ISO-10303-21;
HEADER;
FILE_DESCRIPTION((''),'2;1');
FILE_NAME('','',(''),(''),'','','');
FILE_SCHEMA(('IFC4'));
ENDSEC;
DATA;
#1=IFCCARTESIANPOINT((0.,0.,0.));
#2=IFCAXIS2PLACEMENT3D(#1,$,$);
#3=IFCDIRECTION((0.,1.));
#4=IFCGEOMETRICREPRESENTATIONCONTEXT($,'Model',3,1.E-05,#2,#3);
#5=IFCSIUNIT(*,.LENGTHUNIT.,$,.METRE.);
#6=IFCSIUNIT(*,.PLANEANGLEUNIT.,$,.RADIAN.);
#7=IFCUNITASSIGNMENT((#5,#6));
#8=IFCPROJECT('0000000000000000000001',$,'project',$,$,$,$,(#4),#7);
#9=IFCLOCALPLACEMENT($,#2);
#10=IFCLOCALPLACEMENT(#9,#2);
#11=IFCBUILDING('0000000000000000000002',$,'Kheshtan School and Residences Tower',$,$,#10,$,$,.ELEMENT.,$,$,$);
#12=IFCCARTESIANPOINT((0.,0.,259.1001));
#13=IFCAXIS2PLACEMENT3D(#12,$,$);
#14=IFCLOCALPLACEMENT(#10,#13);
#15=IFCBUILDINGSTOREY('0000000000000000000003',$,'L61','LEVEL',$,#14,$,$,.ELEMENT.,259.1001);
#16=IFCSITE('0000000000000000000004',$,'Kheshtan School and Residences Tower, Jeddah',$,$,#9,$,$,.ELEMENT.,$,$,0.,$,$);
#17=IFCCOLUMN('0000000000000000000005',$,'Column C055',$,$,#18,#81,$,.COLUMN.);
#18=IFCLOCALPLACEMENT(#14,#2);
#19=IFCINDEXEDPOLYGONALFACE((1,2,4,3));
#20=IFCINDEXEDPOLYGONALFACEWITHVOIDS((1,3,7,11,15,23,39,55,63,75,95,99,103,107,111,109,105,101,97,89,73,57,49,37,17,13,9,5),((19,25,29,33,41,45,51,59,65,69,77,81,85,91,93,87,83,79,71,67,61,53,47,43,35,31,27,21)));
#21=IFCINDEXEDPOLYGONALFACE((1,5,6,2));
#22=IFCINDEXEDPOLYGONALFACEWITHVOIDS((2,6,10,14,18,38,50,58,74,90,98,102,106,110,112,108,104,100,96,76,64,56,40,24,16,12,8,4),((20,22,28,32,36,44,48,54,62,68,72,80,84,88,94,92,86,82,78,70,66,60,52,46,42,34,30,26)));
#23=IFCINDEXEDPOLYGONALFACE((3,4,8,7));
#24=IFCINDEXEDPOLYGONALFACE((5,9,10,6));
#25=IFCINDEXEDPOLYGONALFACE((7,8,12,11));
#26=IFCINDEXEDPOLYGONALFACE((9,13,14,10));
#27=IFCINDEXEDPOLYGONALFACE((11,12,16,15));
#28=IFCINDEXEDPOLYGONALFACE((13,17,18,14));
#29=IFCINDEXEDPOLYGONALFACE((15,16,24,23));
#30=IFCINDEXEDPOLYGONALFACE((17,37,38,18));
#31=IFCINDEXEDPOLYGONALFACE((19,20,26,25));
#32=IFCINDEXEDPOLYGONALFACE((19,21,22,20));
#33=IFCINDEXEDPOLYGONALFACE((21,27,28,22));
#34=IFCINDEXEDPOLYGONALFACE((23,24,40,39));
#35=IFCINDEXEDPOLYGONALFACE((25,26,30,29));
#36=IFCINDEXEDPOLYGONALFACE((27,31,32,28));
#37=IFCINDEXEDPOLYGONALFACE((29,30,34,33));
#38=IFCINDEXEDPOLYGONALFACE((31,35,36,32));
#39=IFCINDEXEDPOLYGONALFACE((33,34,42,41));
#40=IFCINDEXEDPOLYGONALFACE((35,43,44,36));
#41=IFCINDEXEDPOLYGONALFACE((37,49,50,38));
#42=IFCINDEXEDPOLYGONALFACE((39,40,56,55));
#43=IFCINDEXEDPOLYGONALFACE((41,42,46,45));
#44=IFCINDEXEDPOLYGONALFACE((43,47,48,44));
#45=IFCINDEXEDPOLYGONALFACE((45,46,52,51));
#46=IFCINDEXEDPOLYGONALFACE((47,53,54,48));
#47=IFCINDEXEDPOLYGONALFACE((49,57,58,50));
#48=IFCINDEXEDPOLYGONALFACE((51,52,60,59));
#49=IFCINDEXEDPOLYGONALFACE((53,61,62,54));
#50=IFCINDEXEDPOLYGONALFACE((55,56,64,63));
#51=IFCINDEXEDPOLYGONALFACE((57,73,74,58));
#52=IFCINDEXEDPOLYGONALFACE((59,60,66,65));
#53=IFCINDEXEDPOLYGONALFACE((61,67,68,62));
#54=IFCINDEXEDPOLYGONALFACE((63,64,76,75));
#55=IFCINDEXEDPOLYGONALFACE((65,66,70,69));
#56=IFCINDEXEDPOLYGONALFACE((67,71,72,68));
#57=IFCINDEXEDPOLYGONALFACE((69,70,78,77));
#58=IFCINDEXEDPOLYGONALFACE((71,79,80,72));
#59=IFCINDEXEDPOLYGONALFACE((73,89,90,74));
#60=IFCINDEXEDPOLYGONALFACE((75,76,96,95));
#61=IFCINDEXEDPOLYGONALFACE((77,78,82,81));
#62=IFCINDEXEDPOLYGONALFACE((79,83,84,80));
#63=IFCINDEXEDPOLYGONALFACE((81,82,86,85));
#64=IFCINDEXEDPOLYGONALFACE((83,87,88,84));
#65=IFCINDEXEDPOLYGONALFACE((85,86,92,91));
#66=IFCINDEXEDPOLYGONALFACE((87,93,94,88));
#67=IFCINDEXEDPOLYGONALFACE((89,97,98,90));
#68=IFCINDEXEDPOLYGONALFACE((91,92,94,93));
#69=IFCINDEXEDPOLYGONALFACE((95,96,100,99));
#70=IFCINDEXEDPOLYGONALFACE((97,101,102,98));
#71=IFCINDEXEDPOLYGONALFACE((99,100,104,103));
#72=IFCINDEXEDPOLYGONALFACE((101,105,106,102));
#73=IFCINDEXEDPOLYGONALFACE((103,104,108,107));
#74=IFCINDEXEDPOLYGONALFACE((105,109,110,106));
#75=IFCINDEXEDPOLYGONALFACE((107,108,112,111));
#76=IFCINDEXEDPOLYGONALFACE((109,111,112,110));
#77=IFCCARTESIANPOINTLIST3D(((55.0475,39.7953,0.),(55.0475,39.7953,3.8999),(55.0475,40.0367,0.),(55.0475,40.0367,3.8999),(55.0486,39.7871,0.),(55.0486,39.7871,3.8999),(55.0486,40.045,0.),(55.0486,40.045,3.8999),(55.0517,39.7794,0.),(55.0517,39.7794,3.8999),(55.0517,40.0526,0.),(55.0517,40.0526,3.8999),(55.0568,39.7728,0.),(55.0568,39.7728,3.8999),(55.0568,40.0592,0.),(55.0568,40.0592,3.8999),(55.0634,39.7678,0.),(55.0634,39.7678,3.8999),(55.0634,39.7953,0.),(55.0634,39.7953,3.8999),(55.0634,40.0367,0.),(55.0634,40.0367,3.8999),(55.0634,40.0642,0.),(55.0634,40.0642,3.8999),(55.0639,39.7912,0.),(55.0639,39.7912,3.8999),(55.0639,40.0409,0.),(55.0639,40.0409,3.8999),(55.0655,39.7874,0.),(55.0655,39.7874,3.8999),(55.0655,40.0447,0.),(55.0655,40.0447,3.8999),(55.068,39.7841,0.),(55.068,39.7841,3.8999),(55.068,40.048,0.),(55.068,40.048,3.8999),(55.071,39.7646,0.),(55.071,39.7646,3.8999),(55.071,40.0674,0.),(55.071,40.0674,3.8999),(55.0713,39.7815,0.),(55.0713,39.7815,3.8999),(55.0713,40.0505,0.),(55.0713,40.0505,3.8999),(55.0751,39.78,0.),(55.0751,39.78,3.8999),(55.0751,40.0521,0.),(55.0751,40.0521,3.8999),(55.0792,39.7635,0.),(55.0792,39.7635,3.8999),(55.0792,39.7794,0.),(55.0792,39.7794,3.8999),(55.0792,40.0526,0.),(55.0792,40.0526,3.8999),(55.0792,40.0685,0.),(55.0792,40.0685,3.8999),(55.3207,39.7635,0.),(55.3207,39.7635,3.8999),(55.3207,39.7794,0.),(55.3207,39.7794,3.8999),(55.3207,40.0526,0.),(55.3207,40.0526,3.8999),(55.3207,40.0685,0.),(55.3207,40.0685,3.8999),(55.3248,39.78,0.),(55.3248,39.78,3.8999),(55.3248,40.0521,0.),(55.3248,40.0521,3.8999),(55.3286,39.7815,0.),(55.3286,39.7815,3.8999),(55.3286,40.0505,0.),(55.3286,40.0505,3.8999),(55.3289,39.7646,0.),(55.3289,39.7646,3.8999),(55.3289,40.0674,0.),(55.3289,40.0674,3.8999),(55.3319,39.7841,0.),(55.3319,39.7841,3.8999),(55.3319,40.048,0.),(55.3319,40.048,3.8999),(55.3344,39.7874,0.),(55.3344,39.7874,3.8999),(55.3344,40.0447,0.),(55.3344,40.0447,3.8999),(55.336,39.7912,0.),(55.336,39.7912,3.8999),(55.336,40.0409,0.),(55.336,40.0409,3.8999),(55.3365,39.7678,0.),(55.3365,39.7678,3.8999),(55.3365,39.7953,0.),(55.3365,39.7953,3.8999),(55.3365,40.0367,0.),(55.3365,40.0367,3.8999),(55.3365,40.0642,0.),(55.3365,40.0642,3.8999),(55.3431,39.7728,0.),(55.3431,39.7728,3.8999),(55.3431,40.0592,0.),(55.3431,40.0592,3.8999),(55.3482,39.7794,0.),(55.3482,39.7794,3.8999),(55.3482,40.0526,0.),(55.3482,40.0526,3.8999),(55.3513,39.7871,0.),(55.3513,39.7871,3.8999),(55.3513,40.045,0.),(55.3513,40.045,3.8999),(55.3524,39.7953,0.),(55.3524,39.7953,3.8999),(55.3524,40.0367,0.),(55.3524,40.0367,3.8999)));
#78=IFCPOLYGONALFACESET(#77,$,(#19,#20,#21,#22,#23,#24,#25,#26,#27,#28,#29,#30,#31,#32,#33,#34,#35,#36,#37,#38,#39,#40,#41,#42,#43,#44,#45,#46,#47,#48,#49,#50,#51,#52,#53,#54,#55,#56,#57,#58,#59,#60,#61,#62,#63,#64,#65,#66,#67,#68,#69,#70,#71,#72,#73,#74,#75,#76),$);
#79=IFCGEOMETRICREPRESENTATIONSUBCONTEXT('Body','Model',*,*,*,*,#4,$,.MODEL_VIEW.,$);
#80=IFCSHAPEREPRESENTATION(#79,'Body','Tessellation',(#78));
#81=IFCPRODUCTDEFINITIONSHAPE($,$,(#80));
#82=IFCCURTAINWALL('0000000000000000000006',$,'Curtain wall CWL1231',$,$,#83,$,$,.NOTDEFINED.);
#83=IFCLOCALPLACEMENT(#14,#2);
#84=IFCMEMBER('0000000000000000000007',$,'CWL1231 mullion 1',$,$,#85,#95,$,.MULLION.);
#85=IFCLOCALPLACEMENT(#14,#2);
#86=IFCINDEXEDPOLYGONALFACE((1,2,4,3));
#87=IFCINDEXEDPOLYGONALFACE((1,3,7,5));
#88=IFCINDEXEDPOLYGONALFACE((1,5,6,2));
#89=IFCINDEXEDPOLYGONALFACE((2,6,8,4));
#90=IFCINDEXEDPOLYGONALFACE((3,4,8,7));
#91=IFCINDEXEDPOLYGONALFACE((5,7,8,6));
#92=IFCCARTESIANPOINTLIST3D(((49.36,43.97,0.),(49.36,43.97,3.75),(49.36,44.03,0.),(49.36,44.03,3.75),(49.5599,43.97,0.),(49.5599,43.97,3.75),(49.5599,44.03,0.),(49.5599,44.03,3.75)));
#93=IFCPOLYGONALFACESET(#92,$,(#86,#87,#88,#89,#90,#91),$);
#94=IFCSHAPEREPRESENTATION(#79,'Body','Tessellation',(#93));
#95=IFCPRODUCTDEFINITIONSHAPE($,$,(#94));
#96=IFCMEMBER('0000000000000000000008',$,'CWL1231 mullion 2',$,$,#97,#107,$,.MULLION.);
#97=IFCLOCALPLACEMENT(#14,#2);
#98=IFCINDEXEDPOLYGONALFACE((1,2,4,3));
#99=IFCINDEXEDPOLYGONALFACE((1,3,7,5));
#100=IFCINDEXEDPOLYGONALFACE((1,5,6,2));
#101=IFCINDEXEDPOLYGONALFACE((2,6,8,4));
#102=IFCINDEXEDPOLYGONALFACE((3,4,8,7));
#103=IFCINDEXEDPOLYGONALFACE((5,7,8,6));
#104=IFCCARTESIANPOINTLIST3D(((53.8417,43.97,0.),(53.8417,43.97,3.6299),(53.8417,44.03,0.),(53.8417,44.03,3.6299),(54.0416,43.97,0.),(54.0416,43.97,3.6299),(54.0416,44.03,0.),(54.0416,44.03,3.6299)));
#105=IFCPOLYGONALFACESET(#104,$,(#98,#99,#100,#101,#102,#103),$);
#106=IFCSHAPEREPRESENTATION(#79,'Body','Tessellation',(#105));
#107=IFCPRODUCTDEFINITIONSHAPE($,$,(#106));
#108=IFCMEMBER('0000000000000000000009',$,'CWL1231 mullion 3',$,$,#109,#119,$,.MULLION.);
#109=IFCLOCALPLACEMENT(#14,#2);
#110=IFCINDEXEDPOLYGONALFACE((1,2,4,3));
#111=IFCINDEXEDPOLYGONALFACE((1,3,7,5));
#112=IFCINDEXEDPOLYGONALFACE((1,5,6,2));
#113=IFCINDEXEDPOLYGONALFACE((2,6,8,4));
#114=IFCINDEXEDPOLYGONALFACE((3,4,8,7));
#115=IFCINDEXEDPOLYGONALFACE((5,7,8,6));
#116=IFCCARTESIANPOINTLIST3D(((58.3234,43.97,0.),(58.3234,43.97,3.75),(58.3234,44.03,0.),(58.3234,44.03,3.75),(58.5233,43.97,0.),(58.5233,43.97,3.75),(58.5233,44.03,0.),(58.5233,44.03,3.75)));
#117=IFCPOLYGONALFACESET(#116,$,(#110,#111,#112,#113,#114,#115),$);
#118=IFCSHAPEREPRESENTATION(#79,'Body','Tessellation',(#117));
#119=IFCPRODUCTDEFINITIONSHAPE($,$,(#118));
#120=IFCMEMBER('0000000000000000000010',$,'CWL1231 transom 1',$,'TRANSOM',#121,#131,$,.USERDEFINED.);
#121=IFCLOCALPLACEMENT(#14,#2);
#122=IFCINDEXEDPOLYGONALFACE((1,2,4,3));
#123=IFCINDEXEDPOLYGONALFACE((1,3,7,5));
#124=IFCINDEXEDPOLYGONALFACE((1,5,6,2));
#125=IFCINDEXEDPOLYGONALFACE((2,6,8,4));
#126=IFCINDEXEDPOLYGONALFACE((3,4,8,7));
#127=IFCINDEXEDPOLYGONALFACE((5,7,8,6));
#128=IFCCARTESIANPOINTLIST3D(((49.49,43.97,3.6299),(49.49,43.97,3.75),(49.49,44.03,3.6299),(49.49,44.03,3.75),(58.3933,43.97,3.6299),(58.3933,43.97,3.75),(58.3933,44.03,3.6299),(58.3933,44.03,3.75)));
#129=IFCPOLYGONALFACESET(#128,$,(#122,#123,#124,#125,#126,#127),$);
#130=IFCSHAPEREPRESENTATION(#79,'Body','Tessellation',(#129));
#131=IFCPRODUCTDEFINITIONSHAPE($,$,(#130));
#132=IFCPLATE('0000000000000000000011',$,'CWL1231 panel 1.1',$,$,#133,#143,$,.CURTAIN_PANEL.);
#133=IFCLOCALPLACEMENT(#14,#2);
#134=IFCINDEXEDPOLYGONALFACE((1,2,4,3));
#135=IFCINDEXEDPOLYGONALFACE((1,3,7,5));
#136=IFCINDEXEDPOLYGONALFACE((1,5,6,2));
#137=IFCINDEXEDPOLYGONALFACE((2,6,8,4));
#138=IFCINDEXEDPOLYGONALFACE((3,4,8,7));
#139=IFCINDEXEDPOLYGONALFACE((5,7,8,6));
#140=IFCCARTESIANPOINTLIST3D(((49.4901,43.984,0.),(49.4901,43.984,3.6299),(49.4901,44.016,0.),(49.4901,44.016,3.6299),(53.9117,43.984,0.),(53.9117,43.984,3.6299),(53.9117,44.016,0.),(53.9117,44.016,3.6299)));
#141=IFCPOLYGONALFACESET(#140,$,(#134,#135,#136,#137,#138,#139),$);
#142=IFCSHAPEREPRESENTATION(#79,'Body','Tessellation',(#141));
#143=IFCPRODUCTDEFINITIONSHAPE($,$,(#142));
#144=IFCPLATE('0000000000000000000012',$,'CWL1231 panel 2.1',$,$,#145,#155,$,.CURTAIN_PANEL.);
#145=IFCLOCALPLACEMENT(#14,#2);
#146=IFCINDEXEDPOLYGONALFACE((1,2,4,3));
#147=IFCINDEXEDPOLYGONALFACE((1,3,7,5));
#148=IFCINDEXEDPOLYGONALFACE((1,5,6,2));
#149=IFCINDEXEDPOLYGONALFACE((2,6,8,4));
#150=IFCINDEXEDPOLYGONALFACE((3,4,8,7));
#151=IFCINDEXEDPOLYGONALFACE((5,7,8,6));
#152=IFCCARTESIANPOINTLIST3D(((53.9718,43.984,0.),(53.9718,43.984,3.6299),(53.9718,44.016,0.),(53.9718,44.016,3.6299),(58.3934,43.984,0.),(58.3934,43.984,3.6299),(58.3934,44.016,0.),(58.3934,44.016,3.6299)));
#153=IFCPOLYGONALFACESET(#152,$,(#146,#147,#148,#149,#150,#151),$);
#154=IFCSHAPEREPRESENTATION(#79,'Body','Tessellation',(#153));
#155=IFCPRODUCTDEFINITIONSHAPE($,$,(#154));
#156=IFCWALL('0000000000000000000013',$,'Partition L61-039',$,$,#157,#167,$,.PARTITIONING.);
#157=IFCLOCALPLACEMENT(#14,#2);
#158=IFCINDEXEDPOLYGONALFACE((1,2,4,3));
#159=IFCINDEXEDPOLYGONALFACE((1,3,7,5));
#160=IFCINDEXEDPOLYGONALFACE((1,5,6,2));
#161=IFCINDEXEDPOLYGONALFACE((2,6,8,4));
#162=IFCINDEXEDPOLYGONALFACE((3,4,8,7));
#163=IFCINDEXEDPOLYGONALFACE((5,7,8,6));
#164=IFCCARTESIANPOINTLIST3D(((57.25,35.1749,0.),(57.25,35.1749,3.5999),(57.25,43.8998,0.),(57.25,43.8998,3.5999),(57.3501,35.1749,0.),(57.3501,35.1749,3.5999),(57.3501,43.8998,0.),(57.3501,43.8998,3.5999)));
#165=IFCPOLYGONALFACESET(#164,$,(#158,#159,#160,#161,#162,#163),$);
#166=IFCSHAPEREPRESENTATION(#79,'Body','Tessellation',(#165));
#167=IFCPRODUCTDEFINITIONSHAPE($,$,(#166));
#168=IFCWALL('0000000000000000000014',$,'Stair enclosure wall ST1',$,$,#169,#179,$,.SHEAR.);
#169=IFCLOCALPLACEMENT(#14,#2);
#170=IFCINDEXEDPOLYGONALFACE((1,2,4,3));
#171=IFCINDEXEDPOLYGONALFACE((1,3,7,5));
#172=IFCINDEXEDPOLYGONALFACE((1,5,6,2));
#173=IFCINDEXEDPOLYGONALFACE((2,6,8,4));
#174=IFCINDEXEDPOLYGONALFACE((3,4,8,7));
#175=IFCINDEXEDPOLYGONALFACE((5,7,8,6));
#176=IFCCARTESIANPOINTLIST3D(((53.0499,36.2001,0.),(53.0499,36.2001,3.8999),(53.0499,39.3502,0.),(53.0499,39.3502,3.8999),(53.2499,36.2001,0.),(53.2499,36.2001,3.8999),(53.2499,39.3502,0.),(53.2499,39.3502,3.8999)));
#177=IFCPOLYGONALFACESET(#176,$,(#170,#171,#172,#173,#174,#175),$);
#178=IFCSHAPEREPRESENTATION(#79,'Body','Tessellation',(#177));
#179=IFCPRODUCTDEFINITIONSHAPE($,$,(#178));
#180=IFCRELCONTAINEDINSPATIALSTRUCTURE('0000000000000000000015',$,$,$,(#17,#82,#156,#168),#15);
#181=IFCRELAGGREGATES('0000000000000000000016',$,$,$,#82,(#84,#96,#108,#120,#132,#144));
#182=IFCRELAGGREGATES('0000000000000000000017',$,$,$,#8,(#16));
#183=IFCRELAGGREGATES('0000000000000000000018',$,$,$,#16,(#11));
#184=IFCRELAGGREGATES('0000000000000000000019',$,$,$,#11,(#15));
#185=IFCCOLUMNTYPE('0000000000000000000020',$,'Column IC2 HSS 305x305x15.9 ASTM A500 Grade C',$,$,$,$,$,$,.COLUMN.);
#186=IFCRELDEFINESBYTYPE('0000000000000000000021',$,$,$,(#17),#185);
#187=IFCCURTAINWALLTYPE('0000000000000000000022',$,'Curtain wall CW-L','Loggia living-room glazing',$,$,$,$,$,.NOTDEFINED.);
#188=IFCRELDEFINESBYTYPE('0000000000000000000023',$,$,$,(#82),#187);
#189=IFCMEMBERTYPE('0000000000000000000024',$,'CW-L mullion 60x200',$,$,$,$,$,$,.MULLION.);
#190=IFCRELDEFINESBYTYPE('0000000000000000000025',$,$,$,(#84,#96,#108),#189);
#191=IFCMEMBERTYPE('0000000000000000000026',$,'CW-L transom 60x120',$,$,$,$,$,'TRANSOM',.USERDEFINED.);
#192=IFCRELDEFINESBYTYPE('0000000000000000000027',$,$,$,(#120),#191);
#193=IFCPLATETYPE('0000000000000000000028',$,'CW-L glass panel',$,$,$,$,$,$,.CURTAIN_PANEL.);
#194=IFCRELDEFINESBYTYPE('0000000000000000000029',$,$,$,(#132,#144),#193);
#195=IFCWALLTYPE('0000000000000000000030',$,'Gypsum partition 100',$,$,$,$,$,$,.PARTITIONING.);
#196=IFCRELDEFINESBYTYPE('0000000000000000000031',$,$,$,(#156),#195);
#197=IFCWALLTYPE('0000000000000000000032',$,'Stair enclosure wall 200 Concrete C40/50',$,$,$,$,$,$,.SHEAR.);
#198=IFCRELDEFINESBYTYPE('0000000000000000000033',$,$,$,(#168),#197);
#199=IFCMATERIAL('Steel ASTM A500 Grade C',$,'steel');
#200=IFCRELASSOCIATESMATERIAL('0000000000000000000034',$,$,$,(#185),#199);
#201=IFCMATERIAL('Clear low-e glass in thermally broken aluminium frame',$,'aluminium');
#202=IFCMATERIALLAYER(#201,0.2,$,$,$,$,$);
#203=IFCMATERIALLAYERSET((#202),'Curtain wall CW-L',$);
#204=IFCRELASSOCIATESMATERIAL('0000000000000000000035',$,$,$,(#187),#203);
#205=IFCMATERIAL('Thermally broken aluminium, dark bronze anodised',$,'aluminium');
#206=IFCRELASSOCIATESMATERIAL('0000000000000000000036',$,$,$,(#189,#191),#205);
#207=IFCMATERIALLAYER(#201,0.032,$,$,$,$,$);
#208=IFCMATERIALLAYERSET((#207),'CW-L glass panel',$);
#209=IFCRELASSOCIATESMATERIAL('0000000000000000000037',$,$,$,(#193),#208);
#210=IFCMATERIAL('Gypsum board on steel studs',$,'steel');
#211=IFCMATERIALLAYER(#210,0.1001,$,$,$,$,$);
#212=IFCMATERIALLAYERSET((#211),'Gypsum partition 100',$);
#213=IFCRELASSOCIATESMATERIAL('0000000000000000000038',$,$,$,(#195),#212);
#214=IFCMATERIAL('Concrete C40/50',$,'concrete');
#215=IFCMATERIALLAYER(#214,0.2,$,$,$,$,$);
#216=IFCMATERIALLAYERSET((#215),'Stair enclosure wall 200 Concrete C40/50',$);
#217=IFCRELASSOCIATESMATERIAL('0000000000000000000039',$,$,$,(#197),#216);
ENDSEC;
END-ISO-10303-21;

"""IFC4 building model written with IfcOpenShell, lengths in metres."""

from ifc_helpers import new_model, si_unit, direction, frame, frame_2d, origin, origin_2d, place, context, subcontext, project, spatial, rectangle, hollow_rectangle, extrude, material, layer, layer_set, material_profile, profile_set, type_object, element, aggregate, save


model = new_model("IFC4")

# Units and contexts
model_context = context("Model", 3, precision=1e-05, world=origin(), true_north=direction((0.0, 1.0)))
body_context = subcontext(model_context, "Body", "Model", "MODEL_VIEW")
ifc_project = project(units=[si_unit("LENGTHUNIT", "METRE"), si_unit("PLANEANGLEUNIT", "RADIAN")], contexts=[model_context])

# Site, building, storey
site_placement = place(None, origin())
site = spatial("IfcSite", under=ifc_project, at=site_placement, Name="Kheshtan School and Residences Tower, Jeddah", CompositionType="ELEMENT", RefElevation=0.0)
building_placement = place(site_placement, origin())
building = spatial("IfcBuilding", under=site, at=building_placement, Name="Kheshtan School and Residences Tower", CompositionType="ELEMENT")
storey_placement = place(building_placement, frame((0.0, 0.0, 259.1001)))
storey = spatial("IfcBuildingStorey", under=building, at=storey_placement, Name="L61", Description="LEVEL", CompositionType="ELEMENT", Elevation=259.1001)

# Column
ifc_material_1 = material(Name="Steel ASTM A500 Grade C", Category="steel")
ifc_material_profile_1 = material_profile(ifc_material_1, hollow_rectangle(XDim=0.3049, YDim=0.3049, WallThickness=0.0159, InnerFilletRadius=0.0159, OuterFilletRadius=0.0317, at=origin_2d()), Name="HSS 305x305x15.9")
ifc_profile_set_1 = profile_set([ifc_material_profile_1], Name="Steel ASTM A500 Grade C")
column_type = type_object("IfcColumnType", Name="Column IC2 HSS 305x305x15.9 ASTM A500 Grade C", PredefinedType="COLUMN", material=ifc_profile_set_1)
column_placement = place(storey_placement, frame((55.2, 39.916, 0.0), z_axis=(0.0, 0.0, 1.0), x_axis=(1.0, 0.0, 0.0)))
element("IfcColumn", 1, at=column_placement, inside=storey, type_object=column_type, Name="Column C055", PredefinedType="COLUMN", context=body_context, shape_type="SweptSolid", body=[
    extrude(hollow_rectangle(XDim=0.3049, YDim=0.3049, WallThickness=0.0159, InnerFilletRadius=0.0159, OuterFilletRadius=0.0317, at=origin_2d()), origin(), (0.0, 0.0, 1.0), 3.8999),
])

# Curtain wall, members, plates
ifc_material_2 = material(Name="Clear low-e glass in thermally broken aluminium frame", Category="aluminium")
ifc_layer_1 = layer(ifc_material_2, 0.2)
ifc_layer_set_1 = layer_set([ifc_layer_1], Name="Curtain wall CW-L")
curtain_wall_type = type_object("IfcCurtainWallType", Name="Curtain wall CW-L", Description="Loggia living-room glazing", PredefinedType="NOTDEFINED", material=ifc_layer_set_1)
curtain_wall_placement = place(storey_placement, origin())
curtain_wall = element("IfcCurtainWall", 2, at=curtain_wall_placement, inside=storey, type_object=curtain_wall_type, Name="Curtain wall CWL1231", PredefinedType="NOTDEFINED")
ifc_material_3 = material(Name="Thermally broken aluminium, dark bronze anodised", Category="aluminium")
ifc_material_profile_2 = material_profile(ifc_material_3, rectangle(XDim=0.0601, YDim=0.2, at=origin_2d()), Name="CW-L mullion 60x200")
ifc_profile_set_2 = profile_set([ifc_material_profile_2], Name="Thermally broken aluminium, dark bronze anodised")
member_type_1 = type_object("IfcMemberType", Name="CW-L mullion 60x200", PredefinedType="MULLION", material=ifc_profile_set_2)
member_1_placement = place(storey_placement, frame((49.46, 44.0, 0.0), z_axis=(0.0, 0.0, 1.0), x_axis=(0.0, 1.0, 0.0)))
member_1 = element("IfcMember", 3, at=member_1_placement, type_object=member_type_1, Name="CWL1231 mullion 1", PredefinedType="MULLION", context=body_context, shape_type="SweptSolid", body=[
    extrude(rectangle(XDim=0.0601, YDim=0.2, at=origin_2d()), origin(), (0.0, 0.0, 1.0), 3.75),
])
member_2_placement = place(storey_placement, frame((53.9417, 44.0, 0.0), z_axis=(0.0, 0.0, 1.0), x_axis=(0.0, 1.0, 0.0)))
member_2 = element("IfcMember", 4, at=member_2_placement, type_object=member_type_1, Name="CWL1231 mullion 2", PredefinedType="MULLION", context=body_context, shape_type="SweptSolid", body=[
    extrude(rectangle(XDim=0.0601, YDim=0.2, at=origin_2d()), origin(), (0.0, 0.0, 1.0), 3.6299),
])
member_3_placement = place(storey_placement, frame((58.4233, 44.0, 0.0), z_axis=(0.0, 0.0, 1.0), x_axis=(0.0, 1.0, 0.0)))
member_3 = element("IfcMember", 5, at=member_3_placement, type_object=member_type_1, Name="CWL1231 mullion 3", PredefinedType="MULLION", context=body_context, shape_type="SweptSolid", body=[
    extrude(rectangle(XDim=0.0601, YDim=0.2, at=origin_2d()), origin(), (0.0, 0.0, 1.0), 3.75),
])
ifc_material_profile_3 = material_profile(ifc_material_3, rectangle(XDim=0.0601, YDim=0.1201, at=origin_2d()), Name="CW-L transom 60x120")
ifc_profile_set_3 = profile_set([ifc_material_profile_3], Name="Thermally broken aluminium, dark bronze anodised")
member_type_2 = type_object("IfcMemberType", Name="CW-L transom 60x120", ElementType="TRANSOM", PredefinedType="USERDEFINED", material=ifc_profile_set_3)
member_4_placement = place(storey_placement, frame((49.49, 44.0, 3.6899), z_axis=(1.0, 0.0, 0.0), x_axis=(0.0, 1.0, 0.0)))
member_4 = element("IfcMember", 6, at=member_4_placement, type_object=member_type_2, Name="CWL1231 transom 1", ObjectType="TRANSOM", PredefinedType="USERDEFINED", context=body_context, shape_type="SweptSolid", body=[
    extrude(rectangle(XDim=0.0601, YDim=0.1201, at=origin_2d()), origin(), (0.0, 0.0, 1.0), 8.9033),
])
ifc_layer_2 = layer(ifc_material_2, 0.032)
ifc_layer_set_2 = layer_set([ifc_layer_2], Name="CW-L glass panel")
plate_type = type_object("IfcPlateType", Name="CW-L glass panel", PredefinedType="CURTAIN_PANEL", material=ifc_layer_set_2)
plate_1_placement = place(storey_placement, frame((51.7009, 44.0, 0.0), z_axis=(0.0, 0.0, 1.0), x_axis=(1.0, 0.0, 0.0)))
plate_1 = element("IfcPlate", 7, at=plate_1_placement, type_object=plate_type, Name="CWL1231 panel 1.1", PredefinedType="CURTAIN_PANEL", context=body_context, shape_type="SweptSolid", body=[
    extrude(rectangle(XDim=4.4216, YDim=0.032, at=origin_2d()), origin(), (0.0, 0.0, 1.0), 3.6299),
])
plate_2_placement = place(storey_placement, frame((56.1826, 44.0, 0.0), z_axis=(0.0, 0.0, 1.0), x_axis=(1.0, 0.0, 0.0)))
plate_2 = element("IfcPlate", 8, at=plate_2_placement, type_object=plate_type, Name="CWL1231 panel 2.1", PredefinedType="CURTAIN_PANEL", context=body_context, shape_type="SweptSolid", body=[
    extrude(rectangle(XDim=4.4216, YDim=0.032, at=origin_2d()), origin(), (0.0, 0.0, 1.0), 3.6299),
])
aggregate(curtain_wall, [member_1, member_2, member_3, member_4, plate_1, plate_2])

# Walls
ifc_material_4 = material(Name="Gypsum board on steel studs", Category="steel")
ifc_layer_3 = layer(ifc_material_4, 0.1001)
ifc_layer_set_3 = layer_set([ifc_layer_3], Name="Gypsum partition 100")
wall_type_1 = type_object("IfcWallType", Name="Gypsum partition 100", PredefinedType="PARTITIONING", material=ifc_layer_set_3)
wall_1_placement = place(storey_placement, frame((57.3, 35.175, 0.0), z_axis=(0.0, 0.0, 1.0), x_axis=(0.0, 1.0, 0.0)))
element("IfcWall", 9, at=wall_1_placement, inside=storey, type_object=wall_type_1, Name="Partition L61-039", PredefinedType="PARTITIONING", context=body_context, shape_type="SweptSolid", body=[
    extrude(rectangle(XDim=8.7249, YDim=0.1001, at=frame_2d((4.3623, 0.0))), origin(), (0.0, 0.0, 1.0), 3.5999),
])
ifc_material_5 = material(Name="Concrete C40/50", Category="concrete")
ifc_layer_4 = layer(ifc_material_5, 0.2)
ifc_layer_set_4 = layer_set([ifc_layer_4], Name="Stair enclosure wall 200 Concrete C40/50")
wall_type_2 = type_object("IfcWallType", Name="Stair enclosure wall 200 Concrete C40/50", PredefinedType="SHEAR", material=ifc_layer_set_4)
wall_2_placement = place(storey_placement, frame((53.1499, 36.2, 0.0), z_axis=(0.0, 0.0, 1.0), x_axis=(0.0, 1.0, 0.0)))
element("IfcWall", 10, at=wall_2_placement, inside=storey, type_object=wall_type_2, Name="Stair enclosure wall ST1", PredefinedType="SHEAR", context=body_context, shape_type="SweptSolid", body=[
    extrude(rectangle(XDim=3.1501, YDim=0.2, at=frame_2d((1.5752, 0.0))), origin(), (0.0, 0.0, 1.0), 3.8999),
])

save(model, "model.ifc")
